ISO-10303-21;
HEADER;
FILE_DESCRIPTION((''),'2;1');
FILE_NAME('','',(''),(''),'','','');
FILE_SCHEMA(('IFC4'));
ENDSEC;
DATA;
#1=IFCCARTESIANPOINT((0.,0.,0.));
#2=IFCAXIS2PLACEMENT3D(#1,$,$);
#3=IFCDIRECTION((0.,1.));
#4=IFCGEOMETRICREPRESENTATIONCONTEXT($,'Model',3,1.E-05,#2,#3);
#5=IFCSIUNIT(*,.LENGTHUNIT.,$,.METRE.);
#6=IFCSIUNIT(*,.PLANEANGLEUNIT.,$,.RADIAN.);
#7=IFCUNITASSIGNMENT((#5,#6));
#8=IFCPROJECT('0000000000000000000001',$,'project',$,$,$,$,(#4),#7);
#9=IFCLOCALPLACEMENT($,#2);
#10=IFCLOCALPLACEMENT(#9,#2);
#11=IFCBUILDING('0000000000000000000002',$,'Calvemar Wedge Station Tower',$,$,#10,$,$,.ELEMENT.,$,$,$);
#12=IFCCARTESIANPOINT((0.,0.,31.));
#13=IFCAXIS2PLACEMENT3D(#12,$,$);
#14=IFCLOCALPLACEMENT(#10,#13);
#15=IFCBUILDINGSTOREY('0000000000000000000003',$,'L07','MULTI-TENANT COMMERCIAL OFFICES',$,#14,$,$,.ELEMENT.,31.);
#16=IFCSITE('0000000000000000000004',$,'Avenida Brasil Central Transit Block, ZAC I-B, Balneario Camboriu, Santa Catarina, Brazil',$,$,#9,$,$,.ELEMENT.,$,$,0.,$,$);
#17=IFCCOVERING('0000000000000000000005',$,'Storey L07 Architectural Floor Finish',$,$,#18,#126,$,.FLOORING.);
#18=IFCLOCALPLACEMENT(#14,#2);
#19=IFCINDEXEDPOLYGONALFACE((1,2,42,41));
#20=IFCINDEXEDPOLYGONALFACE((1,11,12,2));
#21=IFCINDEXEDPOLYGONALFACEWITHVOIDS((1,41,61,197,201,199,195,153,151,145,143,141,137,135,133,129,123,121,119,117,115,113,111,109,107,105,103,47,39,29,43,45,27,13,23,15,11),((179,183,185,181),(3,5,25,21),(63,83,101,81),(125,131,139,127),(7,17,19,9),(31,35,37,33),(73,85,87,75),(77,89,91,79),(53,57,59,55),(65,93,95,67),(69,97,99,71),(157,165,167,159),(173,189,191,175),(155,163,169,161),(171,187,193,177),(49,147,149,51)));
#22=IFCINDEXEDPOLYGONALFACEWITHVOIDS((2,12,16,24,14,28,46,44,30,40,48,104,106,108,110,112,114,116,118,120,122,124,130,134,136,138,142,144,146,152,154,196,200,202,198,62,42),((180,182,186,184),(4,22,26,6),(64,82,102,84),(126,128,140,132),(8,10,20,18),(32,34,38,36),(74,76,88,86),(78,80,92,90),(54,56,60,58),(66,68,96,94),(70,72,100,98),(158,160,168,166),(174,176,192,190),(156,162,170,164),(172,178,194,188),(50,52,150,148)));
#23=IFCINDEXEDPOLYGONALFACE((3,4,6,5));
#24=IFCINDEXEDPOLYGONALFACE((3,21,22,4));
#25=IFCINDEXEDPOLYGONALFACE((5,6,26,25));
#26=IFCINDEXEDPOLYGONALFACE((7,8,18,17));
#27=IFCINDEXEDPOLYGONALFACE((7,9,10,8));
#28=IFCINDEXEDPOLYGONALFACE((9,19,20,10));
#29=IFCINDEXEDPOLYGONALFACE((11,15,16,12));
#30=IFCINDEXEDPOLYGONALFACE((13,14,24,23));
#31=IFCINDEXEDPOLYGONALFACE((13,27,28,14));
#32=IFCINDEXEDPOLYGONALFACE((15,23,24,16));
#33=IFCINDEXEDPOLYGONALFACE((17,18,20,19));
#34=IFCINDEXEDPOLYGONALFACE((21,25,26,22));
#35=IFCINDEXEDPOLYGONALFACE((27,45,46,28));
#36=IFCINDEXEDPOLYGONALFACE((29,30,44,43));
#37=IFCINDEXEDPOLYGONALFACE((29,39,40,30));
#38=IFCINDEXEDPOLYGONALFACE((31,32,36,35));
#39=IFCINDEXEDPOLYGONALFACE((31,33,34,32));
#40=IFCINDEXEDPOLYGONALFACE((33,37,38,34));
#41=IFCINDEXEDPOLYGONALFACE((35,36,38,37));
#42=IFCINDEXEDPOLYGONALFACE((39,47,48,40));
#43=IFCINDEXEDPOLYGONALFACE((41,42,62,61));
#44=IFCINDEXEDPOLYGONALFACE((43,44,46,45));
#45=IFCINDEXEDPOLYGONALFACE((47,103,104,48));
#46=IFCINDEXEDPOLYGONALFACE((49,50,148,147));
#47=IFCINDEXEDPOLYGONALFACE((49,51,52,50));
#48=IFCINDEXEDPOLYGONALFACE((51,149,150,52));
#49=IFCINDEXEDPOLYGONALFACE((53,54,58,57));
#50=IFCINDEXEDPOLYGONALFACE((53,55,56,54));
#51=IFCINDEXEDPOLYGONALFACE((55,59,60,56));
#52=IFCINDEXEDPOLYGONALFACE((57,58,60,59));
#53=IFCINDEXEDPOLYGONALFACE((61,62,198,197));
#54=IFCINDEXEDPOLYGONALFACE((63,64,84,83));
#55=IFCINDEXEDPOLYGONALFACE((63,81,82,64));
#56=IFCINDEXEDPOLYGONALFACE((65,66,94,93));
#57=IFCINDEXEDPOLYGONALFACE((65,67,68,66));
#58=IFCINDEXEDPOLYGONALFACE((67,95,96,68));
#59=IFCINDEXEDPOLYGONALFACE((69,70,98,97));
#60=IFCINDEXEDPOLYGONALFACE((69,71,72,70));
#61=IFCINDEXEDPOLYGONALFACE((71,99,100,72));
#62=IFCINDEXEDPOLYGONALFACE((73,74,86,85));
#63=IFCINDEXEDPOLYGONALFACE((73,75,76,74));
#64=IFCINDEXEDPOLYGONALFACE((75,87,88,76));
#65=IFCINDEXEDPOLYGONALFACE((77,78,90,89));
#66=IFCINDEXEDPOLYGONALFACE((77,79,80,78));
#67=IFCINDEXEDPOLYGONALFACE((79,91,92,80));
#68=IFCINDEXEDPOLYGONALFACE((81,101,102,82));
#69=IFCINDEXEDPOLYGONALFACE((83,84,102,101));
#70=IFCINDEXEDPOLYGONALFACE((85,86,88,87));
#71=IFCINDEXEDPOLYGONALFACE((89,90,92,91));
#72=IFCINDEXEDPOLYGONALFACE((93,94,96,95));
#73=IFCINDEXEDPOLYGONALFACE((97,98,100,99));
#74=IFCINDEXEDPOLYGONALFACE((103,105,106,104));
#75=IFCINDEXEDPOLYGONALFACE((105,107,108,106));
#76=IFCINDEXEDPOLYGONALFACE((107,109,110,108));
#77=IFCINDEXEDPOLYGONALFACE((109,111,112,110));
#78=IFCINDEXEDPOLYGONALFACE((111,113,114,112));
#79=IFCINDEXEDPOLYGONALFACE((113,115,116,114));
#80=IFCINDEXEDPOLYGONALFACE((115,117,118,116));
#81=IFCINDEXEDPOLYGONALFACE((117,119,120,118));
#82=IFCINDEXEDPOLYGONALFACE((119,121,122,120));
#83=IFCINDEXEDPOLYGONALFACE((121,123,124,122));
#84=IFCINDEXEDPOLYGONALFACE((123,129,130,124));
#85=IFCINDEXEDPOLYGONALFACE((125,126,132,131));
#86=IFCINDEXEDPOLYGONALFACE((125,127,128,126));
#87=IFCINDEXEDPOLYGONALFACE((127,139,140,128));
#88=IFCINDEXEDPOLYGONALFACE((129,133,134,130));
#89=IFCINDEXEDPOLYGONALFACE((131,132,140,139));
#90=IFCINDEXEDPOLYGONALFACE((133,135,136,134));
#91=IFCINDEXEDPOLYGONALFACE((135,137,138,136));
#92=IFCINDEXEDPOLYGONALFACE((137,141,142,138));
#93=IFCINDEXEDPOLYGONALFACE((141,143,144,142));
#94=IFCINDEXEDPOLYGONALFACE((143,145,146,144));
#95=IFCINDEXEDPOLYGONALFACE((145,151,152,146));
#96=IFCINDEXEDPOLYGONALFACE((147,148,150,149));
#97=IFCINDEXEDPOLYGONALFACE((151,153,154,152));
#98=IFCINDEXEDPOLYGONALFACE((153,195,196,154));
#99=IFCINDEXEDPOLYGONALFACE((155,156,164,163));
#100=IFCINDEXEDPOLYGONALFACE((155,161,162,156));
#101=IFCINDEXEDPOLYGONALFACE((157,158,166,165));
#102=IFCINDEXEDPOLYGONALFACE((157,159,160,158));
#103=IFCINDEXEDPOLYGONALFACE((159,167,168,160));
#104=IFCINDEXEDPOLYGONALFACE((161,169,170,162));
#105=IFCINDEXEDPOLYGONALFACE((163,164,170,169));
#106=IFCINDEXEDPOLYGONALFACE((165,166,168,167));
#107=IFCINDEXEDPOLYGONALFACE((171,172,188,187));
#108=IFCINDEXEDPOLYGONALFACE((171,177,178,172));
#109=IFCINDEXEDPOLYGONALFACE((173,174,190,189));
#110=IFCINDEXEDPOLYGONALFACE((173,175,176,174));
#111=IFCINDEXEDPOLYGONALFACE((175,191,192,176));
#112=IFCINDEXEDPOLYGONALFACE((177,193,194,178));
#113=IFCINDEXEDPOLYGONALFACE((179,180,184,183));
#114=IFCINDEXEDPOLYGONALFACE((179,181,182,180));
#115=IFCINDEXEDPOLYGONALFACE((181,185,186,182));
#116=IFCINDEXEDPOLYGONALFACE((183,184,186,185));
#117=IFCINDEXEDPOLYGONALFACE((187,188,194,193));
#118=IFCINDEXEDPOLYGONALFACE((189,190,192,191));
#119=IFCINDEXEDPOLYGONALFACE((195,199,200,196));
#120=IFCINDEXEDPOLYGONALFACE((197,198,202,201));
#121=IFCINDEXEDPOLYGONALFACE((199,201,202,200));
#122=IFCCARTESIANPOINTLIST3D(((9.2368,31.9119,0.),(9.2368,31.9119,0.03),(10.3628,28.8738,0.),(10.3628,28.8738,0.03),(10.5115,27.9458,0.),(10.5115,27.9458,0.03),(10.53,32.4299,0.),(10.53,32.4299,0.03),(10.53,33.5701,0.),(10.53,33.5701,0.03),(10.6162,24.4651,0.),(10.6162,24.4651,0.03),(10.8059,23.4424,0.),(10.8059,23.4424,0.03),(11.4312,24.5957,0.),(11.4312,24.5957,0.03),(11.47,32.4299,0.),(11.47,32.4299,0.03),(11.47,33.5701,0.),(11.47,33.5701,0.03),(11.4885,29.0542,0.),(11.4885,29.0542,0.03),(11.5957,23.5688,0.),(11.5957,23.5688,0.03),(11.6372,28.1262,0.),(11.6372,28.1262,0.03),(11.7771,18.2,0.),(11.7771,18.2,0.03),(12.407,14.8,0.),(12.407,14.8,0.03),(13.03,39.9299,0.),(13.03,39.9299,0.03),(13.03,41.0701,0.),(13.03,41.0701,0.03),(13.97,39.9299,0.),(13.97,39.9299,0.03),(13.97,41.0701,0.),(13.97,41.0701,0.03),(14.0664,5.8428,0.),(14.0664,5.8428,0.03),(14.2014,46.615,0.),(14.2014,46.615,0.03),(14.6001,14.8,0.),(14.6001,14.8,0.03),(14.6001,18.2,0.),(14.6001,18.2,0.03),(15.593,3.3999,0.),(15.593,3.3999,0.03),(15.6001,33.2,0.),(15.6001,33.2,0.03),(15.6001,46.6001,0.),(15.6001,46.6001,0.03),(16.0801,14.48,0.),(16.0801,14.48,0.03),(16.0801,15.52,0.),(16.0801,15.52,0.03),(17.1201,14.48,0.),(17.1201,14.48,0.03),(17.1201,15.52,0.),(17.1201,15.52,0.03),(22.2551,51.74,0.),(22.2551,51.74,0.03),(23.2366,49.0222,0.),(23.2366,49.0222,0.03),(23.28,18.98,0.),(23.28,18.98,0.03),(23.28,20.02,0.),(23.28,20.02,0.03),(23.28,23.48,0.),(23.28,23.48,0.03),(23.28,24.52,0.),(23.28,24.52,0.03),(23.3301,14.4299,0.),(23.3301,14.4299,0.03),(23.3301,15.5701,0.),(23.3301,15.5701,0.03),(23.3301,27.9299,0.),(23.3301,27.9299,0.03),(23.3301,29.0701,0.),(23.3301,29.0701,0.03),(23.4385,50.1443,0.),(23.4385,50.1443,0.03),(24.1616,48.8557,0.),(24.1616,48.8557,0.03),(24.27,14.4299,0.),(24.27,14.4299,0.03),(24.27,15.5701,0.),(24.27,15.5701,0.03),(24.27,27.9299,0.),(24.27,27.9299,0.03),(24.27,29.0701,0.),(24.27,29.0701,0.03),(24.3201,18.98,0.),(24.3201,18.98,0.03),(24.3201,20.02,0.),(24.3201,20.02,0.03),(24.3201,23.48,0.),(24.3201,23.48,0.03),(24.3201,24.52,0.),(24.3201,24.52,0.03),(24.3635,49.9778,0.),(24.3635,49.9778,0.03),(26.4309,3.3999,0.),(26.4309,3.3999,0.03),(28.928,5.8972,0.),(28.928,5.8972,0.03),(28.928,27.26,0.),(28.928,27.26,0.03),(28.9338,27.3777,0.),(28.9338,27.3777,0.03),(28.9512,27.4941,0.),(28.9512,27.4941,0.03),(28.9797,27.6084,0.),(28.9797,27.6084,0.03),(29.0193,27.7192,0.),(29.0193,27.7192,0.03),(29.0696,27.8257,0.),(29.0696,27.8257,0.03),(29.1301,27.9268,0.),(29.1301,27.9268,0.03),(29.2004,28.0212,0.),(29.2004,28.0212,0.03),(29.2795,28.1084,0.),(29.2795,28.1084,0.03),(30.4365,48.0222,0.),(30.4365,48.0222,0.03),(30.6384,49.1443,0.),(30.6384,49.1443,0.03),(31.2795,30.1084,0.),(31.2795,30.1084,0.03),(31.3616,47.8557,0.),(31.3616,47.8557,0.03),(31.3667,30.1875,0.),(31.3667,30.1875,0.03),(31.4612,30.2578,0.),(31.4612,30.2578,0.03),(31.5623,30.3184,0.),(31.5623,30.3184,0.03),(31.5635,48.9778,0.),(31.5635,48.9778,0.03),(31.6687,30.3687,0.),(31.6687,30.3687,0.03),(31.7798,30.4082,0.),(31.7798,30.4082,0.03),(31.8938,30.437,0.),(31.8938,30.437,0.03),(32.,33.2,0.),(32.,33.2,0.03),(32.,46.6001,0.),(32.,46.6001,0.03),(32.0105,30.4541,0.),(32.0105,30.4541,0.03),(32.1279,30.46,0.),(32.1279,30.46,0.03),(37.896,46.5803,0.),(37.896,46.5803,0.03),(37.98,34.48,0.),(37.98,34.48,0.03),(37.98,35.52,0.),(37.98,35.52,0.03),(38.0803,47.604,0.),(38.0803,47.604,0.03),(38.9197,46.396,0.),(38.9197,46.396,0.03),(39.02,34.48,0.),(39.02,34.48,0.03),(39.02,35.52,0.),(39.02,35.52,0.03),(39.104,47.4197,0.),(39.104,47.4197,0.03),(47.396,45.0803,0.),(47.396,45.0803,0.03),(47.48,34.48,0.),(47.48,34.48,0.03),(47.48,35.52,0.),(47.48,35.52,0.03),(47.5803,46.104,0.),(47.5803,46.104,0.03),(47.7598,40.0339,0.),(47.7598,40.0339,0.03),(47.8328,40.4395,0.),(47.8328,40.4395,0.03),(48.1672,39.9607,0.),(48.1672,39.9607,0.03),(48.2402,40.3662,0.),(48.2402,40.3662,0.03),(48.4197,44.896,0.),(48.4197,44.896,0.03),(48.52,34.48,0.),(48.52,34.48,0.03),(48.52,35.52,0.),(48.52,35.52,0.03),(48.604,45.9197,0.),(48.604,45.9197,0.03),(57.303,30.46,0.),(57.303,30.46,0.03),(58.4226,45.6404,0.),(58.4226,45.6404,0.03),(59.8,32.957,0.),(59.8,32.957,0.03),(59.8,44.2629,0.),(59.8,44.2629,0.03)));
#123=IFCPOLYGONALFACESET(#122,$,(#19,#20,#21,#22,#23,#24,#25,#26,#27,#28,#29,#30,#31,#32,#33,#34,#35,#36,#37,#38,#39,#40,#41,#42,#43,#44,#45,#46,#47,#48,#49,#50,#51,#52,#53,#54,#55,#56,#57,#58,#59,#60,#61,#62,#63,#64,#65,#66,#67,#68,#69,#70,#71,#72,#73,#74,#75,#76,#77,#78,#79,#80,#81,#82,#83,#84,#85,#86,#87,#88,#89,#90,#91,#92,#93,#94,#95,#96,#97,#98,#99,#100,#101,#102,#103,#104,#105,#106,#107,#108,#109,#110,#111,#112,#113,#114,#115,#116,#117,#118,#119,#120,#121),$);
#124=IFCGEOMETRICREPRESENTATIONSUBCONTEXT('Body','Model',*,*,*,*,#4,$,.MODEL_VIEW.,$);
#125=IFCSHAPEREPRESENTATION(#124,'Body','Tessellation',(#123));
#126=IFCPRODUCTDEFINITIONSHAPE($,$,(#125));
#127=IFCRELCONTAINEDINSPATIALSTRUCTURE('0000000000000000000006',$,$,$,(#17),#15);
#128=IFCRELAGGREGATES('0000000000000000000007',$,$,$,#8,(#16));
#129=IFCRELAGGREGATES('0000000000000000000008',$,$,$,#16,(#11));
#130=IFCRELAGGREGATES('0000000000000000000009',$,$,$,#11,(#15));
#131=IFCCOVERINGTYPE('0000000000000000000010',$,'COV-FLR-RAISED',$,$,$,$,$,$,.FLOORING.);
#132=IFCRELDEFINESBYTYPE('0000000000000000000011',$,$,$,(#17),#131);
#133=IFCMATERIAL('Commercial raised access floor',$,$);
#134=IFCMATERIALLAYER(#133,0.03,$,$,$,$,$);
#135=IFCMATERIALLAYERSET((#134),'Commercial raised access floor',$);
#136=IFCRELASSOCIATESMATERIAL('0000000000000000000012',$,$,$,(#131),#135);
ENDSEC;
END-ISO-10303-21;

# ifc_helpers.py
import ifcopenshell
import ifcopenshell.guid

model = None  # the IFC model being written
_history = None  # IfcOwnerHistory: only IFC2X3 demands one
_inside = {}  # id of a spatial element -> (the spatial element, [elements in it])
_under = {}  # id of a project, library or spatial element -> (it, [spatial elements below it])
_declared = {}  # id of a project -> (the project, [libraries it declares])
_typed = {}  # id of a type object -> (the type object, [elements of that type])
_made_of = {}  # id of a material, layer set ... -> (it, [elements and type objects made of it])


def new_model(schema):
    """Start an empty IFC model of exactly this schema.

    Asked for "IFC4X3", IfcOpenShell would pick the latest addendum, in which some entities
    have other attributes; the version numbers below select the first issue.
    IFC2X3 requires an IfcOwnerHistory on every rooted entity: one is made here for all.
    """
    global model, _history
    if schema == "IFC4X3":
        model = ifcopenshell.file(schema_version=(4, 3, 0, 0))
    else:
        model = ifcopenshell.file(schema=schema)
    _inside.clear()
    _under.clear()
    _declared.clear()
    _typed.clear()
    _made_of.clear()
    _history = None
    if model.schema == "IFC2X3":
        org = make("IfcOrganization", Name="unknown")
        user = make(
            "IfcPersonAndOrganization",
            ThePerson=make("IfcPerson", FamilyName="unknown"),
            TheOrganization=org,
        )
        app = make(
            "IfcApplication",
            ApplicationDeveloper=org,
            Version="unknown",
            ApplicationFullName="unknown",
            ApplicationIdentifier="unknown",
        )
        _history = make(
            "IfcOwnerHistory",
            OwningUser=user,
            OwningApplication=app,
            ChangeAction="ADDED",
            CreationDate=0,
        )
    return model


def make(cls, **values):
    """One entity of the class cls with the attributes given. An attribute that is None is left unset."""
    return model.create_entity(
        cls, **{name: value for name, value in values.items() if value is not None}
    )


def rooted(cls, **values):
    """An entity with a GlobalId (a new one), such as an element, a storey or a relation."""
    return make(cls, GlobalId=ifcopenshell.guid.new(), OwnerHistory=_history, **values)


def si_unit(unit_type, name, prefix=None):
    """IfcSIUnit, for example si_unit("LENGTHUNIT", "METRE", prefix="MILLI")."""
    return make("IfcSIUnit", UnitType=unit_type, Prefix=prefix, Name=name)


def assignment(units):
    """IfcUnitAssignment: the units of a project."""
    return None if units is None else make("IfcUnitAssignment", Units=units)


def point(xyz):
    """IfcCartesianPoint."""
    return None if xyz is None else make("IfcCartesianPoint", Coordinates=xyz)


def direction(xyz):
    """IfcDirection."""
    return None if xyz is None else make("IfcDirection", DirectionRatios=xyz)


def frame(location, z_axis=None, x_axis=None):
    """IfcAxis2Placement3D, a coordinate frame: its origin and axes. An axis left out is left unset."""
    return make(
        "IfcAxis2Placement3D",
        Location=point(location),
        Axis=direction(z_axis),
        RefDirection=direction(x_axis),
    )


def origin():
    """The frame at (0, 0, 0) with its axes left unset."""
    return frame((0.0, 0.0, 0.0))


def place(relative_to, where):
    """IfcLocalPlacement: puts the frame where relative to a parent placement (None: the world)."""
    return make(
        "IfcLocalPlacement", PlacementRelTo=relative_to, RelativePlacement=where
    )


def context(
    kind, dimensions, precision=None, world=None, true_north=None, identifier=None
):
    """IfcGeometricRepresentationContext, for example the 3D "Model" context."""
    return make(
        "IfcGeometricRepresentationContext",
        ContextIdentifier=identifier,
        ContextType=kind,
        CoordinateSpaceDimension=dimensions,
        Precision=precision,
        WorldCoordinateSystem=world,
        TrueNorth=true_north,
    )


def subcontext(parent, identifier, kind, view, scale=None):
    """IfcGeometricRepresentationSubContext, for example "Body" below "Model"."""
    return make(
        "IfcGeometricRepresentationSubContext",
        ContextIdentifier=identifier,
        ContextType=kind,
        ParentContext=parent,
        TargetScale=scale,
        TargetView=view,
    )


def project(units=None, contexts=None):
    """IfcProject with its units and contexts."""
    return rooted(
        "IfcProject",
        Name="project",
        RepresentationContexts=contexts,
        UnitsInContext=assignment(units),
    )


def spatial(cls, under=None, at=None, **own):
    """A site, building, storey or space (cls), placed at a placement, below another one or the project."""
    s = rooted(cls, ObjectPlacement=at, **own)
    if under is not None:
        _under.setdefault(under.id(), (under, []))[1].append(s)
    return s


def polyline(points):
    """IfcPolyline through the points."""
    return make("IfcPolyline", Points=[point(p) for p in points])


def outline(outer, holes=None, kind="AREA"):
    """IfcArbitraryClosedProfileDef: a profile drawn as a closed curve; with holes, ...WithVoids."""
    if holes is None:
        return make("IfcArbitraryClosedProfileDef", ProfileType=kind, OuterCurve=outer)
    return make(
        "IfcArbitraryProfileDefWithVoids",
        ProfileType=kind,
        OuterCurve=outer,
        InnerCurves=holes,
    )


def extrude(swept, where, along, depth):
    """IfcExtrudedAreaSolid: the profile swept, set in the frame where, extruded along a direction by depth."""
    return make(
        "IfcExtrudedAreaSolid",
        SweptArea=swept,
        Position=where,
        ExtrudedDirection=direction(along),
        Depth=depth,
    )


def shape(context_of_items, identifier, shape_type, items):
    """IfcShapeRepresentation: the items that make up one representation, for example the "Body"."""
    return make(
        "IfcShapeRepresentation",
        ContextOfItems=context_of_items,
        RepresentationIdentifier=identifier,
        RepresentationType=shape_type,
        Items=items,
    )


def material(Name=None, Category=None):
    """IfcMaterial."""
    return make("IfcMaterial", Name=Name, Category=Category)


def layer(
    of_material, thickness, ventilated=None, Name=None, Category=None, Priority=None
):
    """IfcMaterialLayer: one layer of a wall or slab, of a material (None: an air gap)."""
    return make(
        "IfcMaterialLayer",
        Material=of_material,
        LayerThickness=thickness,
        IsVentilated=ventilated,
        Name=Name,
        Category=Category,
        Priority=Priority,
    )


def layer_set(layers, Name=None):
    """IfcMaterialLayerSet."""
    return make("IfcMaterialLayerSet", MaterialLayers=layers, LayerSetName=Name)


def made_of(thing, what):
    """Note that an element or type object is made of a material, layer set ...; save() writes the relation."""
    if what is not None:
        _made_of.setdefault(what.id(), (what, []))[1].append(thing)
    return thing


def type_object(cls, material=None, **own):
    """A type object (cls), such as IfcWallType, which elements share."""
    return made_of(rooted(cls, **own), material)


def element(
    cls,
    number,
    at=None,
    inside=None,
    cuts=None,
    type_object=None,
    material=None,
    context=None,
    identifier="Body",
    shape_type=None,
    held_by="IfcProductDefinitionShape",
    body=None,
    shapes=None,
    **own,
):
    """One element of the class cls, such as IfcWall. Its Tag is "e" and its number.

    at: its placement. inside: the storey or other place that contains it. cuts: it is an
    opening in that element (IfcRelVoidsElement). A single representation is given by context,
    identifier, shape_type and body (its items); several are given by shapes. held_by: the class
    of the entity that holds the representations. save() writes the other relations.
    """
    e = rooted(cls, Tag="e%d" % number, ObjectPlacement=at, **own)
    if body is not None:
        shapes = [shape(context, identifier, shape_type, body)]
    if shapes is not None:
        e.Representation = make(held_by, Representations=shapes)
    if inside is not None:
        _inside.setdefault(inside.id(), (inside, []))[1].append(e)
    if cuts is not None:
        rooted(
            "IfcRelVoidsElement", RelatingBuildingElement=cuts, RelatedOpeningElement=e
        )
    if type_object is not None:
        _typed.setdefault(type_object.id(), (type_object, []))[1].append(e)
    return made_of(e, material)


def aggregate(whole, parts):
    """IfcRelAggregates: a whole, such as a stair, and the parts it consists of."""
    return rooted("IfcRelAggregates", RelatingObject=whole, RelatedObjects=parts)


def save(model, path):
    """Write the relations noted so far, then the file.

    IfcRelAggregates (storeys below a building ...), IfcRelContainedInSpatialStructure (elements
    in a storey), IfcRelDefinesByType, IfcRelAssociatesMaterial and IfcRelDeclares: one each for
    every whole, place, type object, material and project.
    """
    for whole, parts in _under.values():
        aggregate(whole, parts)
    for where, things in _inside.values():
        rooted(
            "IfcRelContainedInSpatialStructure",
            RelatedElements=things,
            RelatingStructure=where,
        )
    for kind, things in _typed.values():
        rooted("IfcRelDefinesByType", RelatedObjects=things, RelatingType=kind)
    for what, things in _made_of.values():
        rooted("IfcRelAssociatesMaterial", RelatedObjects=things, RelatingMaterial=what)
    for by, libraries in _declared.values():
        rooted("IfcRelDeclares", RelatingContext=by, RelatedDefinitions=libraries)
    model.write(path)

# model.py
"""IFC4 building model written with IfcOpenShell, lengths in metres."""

from ifc_helpers import new_model, si_unit, direction, frame, origin, place, context, subcontext, project, spatial, polyline, outline, extrude, material, layer, layer_set, type_object, element, save


model = new_model("IFC4")

# Units and contexts
model_context = context("Model", 3, precision=1e-05, world=origin(), true_north=direction((0.0, 1.0)))
body_context = subcontext(model_context, "Body", "Model", "MODEL_VIEW")
ifc_project = project(units=[si_unit("LENGTHUNIT", "METRE"), si_unit("PLANEANGLEUNIT", "RADIAN")], contexts=[model_context])

# Site, building, storey
site_placement = place(None, origin())
site = spatial("IfcSite", under=ifc_project, at=site_placement, Name="Avenida Brasil Central Transit Block, ZAC I-B, Balneario Camboriu, Santa Catarina, Brazil", CompositionType="ELEMENT", RefElevation=0.0)
building_placement = place(site_placement, origin())
building = spatial("IfcBuilding", under=site, at=building_placement, Name="Calvemar Wedge Station Tower", CompositionType="ELEMENT")
storey_placement = place(building_placement, frame((0.0, 0.0, 31.0)))
storey = spatial("IfcBuildingStorey", under=building, at=storey_placement, Name="L07", Description="MULTI-TENANT COMMERCIAL OFFICES", CompositionType="ELEMENT", Elevation=31.0)

# Covering
ifc_material_1 = material(Name="Commercial raised access floor")
ifc_layer_1 = layer(ifc_material_1, 0.03)
ifc_layer_set_1 = layer_set([ifc_layer_1], Name="Commercial raised access floor")
covering_type_1 = type_object("IfcCoveringType", Name="COV-FLR-RAISED", PredefinedType="FLOORING", material=ifc_layer_set_1)
covering_1_placement = place(storey_placement, origin())
element("IfcCovering", 1, at=covering_1_placement, inside=storey, type_object=covering_type_1, Name="Storey L07 Architectural Floor Finish", PredefinedType="FLOORING", context=body_context, shape_type="SweptSolid", body=[
    extrude(outline(polyline([(29.2795, 28.1084), (31.2795, 30.1084), (31.3667, 30.1875), (31.4612, 30.2578), (31.5623, 30.3184), (31.6687, 30.3687), (31.7798, 30.4082), (31.8938, 30.437), (32.0105, 30.4541), (32.1279, 30.46), (57.303, 30.46), (59.8, 32.957), (59.8, 44.2629), (58.4226, 45.6404), (22.2551, 51.74), (14.2014, 46.615), (9.2368, 31.9119), (10.6162, 24.4651), (11.4312, 24.5957), (11.5957, 23.5688), (10.8059, 23.4424), (11.7771, 18.2), (14.6001, 18.2), (14.6001, 14.8), (12.407, 14.8), (14.0664, 5.8428), (15.593, 3.3999), (26.4309, 3.3999), (28.928, 5.8972), (28.928, 27.26), (28.9338, 27.3777), (28.9512, 27.4941), (28.9797, 27.6084), (29.0193, 27.7192), (29.0696, 27.8257), (29.1301, 27.9268), (29.2004, 28.0212), (29.2795, 28.1084)]), holes=[polyline([(15.6001, 46.6001), (32.0, 46.6001), (32.0, 33.2), (15.6001, 33.2), (15.6001, 46.6001)]), polyline([(10.53, 32.4299), (10.53, 33.5701), (11.47, 33.5701), (11.47, 32.4299), (10.53, 32.4299)]), polyline([(13.03, 41.0701), (13.97, 41.0701), (13.97, 39.9299), (13.03, 39.9299), (13.03, 41.0701)]), polyline([(24.3635, 49.9778), (24.1616, 48.8557), (23.2366, 49.0222), (23.4385, 50.1443), (24.3635, 49.9778)]), polyline([(31.3616, 47.8557), (30.4365, 48.0222), (30.6384, 49.1443), (31.5635, 48.9778), (31.3616, 47.8557)]), polyline([(37.896, 46.5803), (38.0803, 47.604), (39.104, 47.4197), (38.9197, 46.396), (37.896, 46.5803)]), polyline([(47.5803, 46.104), (48.604, 45.9197), (48.4197, 44.896), (47.396, 45.0803), (47.5803, 46.104)]), polyline([(39.02, 35.52), (39.02, 34.48), (37.98, 34.48), (37.98, 35.52), (39.02, 35.52)]), polyline([(48.52, 34.48), (47.48, 34.48), (47.48, 35.52), (48.52, 35.52), (48.52, 34.48)]), polyline([(47.7598, 40.0339), (47.8328, 40.4395), (48.2402, 40.3662), (48.1672, 39.9607), (47.7598, 40.0339)]), polyline([(11.4885, 29.0542), (11.6372, 28.1262), (10.5115, 27.9458), (10.3628, 28.8738), (11.4885, 29.0542)]), polyline([(24.27, 27.9299), (23.3301, 27.9299), (23.3301, 29.0701), (24.27, 29.0701), (24.27, 27.9299)]), polyline([(23.28, 23.48), (23.28, 24.52), (24.3201, 24.52), (24.3201, 23.48), (23.28, 23.48)]), polyline([(23.28, 20.02), (24.3201, 20.02), (24.3201, 18.98), (23.28, 18.98), (23.28, 20.02)]), polyline([(24.27, 15.5701), (24.27, 14.4299), (23.3301, 14.4299), (23.3301, 15.5701), (24.27, 15.5701)]), polyline([(17.1201, 14.48), (16.0801, 14.48), (16.0801, 15.52), (17.1201, 15.52), (17.1201, 14.48)])]), origin(), (0.0, 0.0, 1.0), 0.03),
])

save(model, "model.ifc")
